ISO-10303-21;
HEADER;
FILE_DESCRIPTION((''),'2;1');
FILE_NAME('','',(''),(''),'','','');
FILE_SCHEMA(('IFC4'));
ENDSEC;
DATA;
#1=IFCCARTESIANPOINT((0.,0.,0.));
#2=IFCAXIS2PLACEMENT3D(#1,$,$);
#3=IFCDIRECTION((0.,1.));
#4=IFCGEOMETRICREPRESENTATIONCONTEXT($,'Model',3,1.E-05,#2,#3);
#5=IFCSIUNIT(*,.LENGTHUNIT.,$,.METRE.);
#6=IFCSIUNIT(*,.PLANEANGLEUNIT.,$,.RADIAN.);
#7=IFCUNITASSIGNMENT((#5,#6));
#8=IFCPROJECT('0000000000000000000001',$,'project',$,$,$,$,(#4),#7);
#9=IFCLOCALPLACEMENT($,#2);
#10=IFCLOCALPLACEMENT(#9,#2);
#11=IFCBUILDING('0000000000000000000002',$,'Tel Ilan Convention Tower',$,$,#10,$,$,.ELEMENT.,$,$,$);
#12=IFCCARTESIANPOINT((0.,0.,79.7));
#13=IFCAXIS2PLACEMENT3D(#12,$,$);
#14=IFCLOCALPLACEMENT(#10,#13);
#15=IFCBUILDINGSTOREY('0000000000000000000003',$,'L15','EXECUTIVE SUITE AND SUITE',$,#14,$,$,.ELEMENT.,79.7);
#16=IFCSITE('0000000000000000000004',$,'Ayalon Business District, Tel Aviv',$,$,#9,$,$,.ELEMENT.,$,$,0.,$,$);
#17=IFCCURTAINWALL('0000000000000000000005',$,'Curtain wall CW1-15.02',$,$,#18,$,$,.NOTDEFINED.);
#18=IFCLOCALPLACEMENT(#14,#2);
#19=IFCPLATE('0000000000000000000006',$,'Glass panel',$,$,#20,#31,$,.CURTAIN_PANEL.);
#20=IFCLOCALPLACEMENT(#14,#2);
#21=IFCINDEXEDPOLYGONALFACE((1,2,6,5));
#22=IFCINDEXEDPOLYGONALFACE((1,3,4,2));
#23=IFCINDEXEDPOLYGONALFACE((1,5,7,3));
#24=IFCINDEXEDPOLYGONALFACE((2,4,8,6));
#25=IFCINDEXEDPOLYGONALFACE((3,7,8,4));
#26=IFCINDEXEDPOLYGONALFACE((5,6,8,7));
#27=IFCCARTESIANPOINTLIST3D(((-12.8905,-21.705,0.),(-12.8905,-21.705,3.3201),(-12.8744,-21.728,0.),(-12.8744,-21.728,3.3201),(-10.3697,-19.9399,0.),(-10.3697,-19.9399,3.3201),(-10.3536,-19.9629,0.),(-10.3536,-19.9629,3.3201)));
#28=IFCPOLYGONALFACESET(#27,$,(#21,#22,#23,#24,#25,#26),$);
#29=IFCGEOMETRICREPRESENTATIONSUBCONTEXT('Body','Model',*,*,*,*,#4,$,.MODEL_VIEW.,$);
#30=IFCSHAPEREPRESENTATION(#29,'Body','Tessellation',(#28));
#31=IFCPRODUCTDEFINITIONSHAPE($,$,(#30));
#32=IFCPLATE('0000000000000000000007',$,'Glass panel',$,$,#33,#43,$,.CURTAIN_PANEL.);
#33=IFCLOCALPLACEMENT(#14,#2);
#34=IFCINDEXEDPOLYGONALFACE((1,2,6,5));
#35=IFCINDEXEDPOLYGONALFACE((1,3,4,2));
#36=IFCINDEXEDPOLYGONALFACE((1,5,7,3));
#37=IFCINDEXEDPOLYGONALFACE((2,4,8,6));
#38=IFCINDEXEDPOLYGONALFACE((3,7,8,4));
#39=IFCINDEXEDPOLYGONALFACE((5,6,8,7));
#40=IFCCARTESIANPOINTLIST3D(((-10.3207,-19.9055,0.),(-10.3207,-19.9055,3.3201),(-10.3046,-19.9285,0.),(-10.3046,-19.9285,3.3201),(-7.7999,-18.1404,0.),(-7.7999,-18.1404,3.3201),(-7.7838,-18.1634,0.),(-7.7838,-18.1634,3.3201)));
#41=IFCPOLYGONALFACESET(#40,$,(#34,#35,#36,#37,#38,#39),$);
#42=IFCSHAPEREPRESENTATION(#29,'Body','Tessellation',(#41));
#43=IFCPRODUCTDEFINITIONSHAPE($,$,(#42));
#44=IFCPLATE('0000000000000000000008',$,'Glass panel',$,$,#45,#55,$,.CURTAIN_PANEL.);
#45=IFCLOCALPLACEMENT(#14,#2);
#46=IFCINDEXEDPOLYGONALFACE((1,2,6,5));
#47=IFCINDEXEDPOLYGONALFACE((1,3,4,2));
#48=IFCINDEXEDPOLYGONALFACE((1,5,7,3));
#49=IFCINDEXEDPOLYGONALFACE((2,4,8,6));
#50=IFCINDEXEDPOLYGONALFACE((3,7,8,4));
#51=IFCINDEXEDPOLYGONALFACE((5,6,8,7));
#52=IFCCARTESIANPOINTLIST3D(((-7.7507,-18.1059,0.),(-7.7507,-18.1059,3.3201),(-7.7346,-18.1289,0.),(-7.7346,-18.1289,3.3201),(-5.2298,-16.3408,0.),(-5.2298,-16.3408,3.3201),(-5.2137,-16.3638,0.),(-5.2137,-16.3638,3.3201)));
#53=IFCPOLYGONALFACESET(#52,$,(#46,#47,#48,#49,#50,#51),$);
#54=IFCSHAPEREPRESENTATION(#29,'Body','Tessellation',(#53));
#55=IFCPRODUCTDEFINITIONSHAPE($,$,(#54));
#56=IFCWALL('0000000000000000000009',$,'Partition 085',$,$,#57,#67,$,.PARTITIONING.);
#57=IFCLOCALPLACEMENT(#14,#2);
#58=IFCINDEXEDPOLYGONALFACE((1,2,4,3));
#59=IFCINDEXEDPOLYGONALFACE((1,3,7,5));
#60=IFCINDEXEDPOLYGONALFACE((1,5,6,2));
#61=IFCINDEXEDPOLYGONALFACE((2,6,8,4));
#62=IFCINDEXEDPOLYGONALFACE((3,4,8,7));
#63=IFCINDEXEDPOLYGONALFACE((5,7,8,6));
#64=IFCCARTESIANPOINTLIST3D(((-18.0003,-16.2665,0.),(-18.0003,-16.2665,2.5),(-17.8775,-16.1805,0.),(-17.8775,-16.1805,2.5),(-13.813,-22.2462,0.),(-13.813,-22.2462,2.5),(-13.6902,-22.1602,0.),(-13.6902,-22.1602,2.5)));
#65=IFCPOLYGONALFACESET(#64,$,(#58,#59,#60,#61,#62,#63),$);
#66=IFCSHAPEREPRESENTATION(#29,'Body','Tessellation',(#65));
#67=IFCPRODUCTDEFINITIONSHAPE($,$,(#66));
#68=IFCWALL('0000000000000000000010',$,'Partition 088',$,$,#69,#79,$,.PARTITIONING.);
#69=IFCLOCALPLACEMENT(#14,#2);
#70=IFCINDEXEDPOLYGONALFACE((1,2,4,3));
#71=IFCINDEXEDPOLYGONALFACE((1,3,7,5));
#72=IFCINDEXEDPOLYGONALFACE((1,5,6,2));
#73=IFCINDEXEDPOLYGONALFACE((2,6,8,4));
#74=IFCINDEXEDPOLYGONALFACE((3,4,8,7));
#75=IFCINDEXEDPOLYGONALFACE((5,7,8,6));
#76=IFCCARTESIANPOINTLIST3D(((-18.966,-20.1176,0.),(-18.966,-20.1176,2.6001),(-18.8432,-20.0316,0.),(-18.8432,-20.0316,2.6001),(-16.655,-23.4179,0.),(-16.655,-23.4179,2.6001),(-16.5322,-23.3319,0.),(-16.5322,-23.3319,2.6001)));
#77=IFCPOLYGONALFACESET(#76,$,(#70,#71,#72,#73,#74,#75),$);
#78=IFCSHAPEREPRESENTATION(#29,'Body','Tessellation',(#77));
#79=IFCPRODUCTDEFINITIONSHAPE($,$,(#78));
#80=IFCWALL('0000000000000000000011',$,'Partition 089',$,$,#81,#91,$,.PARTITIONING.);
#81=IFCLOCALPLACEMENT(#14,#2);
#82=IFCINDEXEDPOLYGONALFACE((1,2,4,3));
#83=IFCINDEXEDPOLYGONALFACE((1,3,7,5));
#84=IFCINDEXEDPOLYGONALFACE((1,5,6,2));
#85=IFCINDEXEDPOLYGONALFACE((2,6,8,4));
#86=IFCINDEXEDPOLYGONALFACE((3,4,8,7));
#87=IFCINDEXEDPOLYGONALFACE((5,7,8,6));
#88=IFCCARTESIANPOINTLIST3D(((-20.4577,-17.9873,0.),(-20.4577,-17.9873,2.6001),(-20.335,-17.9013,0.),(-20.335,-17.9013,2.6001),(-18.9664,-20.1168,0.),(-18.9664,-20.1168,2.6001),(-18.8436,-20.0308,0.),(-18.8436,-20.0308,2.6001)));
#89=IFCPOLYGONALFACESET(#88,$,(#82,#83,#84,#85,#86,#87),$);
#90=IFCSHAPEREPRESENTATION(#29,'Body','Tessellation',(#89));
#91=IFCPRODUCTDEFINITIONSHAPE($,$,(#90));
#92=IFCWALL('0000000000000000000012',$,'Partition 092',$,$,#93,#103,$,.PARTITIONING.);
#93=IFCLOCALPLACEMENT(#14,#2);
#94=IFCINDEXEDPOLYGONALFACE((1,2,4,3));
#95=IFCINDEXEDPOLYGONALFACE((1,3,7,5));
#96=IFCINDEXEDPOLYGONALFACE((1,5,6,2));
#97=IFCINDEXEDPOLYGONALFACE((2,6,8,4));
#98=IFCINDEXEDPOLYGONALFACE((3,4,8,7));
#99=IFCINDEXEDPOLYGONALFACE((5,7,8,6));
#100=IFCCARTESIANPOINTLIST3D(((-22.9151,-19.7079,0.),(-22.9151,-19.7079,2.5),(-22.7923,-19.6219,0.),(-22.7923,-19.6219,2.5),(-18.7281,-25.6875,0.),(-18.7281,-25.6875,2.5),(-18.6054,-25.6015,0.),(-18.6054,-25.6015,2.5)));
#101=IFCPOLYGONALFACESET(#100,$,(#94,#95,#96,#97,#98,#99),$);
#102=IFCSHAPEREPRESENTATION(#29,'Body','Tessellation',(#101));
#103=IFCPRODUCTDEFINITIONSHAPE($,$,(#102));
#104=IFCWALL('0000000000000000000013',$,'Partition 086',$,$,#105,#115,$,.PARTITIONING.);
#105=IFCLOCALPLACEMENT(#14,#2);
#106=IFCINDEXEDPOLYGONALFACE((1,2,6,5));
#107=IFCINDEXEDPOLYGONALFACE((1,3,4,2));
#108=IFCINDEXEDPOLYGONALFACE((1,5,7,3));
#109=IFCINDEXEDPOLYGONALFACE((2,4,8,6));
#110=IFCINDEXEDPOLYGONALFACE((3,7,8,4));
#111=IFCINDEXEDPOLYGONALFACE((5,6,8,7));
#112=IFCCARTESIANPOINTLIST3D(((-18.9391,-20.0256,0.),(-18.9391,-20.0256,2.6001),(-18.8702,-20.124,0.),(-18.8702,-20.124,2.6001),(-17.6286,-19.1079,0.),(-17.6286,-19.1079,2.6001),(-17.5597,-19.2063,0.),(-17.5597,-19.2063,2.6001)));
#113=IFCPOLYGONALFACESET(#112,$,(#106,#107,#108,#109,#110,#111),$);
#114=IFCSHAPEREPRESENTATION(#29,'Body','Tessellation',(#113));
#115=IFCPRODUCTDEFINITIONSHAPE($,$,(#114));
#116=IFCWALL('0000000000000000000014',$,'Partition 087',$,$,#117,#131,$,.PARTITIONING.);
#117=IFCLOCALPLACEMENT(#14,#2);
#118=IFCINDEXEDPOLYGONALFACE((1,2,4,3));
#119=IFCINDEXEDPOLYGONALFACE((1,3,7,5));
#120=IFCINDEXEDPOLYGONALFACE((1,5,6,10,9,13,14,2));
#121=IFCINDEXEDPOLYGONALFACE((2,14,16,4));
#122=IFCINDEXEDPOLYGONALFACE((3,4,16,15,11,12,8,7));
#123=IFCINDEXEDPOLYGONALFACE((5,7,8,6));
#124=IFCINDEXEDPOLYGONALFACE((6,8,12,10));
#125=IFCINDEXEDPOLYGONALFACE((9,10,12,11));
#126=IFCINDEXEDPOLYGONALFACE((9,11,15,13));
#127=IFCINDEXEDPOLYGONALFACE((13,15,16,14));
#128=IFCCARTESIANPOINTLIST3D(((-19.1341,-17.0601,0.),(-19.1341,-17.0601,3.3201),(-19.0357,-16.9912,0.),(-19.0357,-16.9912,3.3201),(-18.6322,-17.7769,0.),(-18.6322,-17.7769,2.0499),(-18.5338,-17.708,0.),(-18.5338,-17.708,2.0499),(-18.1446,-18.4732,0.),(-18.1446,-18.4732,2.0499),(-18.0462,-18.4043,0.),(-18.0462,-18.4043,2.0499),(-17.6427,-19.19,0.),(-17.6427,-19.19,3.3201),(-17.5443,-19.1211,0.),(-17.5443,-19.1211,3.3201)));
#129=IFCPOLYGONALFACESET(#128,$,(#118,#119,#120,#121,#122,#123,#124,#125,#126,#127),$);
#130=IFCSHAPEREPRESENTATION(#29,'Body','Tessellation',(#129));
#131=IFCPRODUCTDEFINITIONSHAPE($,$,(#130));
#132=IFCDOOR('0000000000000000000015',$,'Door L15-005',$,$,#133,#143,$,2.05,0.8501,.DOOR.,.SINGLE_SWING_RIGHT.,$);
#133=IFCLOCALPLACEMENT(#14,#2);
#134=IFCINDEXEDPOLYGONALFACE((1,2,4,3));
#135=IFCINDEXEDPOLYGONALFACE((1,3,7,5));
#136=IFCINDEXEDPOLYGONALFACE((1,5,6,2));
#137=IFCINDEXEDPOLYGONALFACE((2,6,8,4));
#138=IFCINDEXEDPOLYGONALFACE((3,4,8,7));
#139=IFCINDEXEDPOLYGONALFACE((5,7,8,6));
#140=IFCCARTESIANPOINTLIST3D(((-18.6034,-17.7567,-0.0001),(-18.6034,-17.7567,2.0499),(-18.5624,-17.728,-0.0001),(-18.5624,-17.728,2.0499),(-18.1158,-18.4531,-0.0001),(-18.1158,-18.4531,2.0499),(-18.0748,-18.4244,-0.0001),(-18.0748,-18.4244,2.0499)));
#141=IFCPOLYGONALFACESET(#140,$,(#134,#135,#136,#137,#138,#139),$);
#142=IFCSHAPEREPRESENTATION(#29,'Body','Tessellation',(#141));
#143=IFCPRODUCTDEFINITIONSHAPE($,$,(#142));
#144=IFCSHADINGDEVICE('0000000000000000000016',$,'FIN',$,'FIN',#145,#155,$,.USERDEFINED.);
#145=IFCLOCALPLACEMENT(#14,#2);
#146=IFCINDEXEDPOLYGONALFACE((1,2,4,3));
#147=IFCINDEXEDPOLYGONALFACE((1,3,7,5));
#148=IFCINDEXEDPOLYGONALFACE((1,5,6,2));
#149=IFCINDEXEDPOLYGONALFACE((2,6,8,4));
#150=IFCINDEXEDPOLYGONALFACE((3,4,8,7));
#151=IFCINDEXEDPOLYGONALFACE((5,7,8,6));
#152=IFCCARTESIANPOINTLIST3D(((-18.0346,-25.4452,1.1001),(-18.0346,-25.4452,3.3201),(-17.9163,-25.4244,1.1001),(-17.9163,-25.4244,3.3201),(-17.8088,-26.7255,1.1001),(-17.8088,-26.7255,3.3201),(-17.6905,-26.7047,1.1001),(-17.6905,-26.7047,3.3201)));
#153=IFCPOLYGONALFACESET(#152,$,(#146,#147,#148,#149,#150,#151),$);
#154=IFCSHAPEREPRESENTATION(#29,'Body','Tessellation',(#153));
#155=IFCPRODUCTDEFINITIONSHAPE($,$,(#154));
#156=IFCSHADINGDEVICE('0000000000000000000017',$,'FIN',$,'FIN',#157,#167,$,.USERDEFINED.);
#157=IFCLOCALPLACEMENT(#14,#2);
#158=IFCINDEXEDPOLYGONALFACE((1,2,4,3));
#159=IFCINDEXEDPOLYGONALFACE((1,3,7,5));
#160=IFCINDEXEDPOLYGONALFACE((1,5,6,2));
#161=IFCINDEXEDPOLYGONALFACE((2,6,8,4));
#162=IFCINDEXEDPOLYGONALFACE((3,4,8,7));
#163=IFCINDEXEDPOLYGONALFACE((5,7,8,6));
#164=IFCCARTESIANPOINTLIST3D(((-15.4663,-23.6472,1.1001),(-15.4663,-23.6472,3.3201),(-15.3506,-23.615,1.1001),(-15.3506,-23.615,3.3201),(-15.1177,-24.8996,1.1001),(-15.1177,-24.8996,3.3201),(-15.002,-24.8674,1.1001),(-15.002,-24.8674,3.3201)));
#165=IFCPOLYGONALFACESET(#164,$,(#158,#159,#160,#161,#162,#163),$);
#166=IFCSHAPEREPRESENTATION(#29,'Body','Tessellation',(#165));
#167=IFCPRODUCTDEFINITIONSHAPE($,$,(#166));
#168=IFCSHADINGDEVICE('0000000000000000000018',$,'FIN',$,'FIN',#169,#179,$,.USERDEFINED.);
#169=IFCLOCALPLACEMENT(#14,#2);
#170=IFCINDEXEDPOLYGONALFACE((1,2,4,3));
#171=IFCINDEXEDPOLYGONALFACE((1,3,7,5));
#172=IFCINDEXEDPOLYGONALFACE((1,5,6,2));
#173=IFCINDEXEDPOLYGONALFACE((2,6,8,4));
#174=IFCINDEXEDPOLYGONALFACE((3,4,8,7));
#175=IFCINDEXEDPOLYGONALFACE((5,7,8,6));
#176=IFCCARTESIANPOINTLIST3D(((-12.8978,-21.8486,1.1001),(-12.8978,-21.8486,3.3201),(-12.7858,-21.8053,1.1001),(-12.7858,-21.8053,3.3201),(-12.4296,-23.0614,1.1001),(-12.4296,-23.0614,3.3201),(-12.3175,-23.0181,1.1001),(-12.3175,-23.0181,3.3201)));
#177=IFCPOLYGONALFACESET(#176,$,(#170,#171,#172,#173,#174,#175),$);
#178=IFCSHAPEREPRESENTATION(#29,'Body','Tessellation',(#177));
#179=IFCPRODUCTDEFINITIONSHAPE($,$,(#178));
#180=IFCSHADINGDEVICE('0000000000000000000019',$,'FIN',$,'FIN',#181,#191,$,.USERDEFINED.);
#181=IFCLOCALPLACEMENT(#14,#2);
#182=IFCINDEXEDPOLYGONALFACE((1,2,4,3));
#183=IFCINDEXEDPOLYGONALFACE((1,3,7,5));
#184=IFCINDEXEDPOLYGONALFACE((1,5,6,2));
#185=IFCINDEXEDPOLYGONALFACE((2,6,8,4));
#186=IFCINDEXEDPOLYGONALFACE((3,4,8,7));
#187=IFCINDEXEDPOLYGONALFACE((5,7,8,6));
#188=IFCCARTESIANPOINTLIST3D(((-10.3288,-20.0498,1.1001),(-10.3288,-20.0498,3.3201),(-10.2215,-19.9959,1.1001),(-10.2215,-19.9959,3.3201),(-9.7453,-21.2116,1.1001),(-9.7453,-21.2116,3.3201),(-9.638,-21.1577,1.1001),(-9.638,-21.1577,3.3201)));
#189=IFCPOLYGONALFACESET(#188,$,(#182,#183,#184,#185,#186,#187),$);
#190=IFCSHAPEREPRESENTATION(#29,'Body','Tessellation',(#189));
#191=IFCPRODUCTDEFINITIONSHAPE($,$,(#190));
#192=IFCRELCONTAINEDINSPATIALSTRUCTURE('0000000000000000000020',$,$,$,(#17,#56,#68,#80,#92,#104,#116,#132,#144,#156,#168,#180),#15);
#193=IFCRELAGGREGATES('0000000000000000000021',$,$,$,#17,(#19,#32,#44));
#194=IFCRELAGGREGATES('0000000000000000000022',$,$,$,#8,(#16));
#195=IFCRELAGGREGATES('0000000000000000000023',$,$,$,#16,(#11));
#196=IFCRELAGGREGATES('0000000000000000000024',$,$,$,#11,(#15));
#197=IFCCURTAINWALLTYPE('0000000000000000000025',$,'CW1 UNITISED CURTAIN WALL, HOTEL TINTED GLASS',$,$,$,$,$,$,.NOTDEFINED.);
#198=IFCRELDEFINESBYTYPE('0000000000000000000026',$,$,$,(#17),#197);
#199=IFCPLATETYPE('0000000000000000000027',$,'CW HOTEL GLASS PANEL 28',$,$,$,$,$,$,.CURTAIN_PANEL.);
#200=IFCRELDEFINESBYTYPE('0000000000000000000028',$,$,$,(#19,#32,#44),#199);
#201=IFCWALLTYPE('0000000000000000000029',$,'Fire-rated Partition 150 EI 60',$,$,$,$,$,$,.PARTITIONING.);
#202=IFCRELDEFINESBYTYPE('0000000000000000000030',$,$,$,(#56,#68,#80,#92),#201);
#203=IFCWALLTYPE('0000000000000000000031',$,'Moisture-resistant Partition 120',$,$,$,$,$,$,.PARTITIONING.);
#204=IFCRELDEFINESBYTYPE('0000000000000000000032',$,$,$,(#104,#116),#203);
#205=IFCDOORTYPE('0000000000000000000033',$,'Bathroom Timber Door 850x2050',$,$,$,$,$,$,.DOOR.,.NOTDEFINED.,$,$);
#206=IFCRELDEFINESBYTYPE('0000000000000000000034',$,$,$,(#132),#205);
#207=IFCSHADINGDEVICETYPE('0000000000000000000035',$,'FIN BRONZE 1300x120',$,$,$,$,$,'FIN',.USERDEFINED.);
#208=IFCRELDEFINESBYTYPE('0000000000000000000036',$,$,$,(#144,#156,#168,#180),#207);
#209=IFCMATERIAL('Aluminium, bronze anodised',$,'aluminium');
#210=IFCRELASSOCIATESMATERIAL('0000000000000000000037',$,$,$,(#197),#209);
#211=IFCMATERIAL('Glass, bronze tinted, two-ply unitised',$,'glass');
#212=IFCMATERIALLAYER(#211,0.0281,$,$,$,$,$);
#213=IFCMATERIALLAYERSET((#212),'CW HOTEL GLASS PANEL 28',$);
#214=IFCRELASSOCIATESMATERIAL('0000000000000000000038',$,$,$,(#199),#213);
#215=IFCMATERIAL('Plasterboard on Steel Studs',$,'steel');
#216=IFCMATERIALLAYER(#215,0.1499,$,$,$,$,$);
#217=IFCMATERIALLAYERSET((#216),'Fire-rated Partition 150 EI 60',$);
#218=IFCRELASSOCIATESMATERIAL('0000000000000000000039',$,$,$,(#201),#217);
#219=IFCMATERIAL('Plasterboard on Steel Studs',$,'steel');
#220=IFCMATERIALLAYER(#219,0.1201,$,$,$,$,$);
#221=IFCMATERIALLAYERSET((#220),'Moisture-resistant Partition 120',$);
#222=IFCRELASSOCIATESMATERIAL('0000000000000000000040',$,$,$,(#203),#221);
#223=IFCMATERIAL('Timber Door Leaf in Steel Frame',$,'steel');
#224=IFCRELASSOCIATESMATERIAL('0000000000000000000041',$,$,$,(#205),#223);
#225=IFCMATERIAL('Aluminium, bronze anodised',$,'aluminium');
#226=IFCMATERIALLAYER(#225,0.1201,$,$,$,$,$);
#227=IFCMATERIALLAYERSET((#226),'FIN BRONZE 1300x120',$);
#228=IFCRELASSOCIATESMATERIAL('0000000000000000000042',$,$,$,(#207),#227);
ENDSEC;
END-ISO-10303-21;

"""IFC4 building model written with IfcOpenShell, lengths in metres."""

from ifc_helpers import new_model, si_unit, direction, frame, frame_2d, origin, origin_2d, place, context, subcontext, project, spatial, rectangle, extrude, material, layer, layer_set, type_object, element, fill, aggregate, save


model = new_model("IFC4")

# Units and contexts
model_context = context("Model", 3, precision=1e-05, world=origin(), true_north=direction((0.0, 1.0)))
body_context = subcontext(model_context, "Body", "Model", "MODEL_VIEW")
ifc_project = project(units=[si_unit("LENGTHUNIT", "METRE"), si_unit("PLANEANGLEUNIT", "RADIAN")], contexts=[model_context])

# Site, building, storey
site_placement = place(None, origin())
site = spatial("IfcSite", under=ifc_project, at=site_placement, Name="Ayalon Business District, Tel Aviv", CompositionType="ELEMENT", RefElevation=0.0)
building_placement = place(site_placement, origin())
building = spatial("IfcBuilding", under=site, at=building_placement, Name="Tel Ilan Convention Tower", CompositionType="ELEMENT")
storey_placement = place(building_placement, frame((0.0, 0.0, 79.7)))
storey = spatial("IfcBuildingStorey", under=building, at=storey_placement, Name="L15", Description="EXECUTIVE SUITE AND SUITE", CompositionType="ELEMENT", Elevation=79.7)

# Curtain wall, plates
ifc_material_1 = material(Name="Aluminium, bronze anodised", Category="aluminium")
curtain_wall_type = type_object("IfcCurtainWallType", Name="CW1 UNITISED CURTAIN WALL, HOTEL TINTED GLASS", PredefinedType="NOTDEFINED", material=ifc_material_1)
curtain_wall_placement = place(storey_placement, origin())
curtain_wall = element("IfcCurtainWall", 1, at=curtain_wall_placement, inside=storey, type_object=curtain_wall_type, Name="Curtain wall CW1-15.02", PredefinedType="NOTDEFINED")
ifc_material_2 = material(Name="Glass, bronze tinted, two-ply unitised", Category="glass")
ifc_layer_1 = layer(ifc_material_2, 0.0281)
ifc_layer_set_1 = layer_set([ifc_layer_1], Name="CW HOTEL GLASS PANEL 28")
plate_type = type_object("IfcPlateType", Name="CW HOTEL GLASS PANEL 28", PredefinedType="CURTAIN_PANEL", material=ifc_layer_set_1)
plate_1_placement = place(storey_placement, frame((-11.6221, -20.834, 0.0), z_axis=(0.0, 0.0, 1.0), x_axis=(0.819152, 0.573576, 0.0)))
plate_1 = element("IfcPlate", 2, at=plate_1_placement, type_object=plate_type, Name="Glass panel", PredefinedType="CURTAIN_PANEL", context=body_context, shape_type="SweptSolid", body=[
    extrude(rectangle(XDim=3.0774, YDim=0.0281, at=origin_2d()), origin(), (0.0, 0.0, 1.0), 3.3201),
])
plate_2_placement = place(storey_placement, frame((-9.0522, -19.0344, 0.0), z_axis=(0.0, 0.0, 1.0), x_axis=(0.819152, 0.573576, 0.0)))
plate_2 = element("IfcPlate", 3, at=plate_2_placement, type_object=plate_type, Name="Glass panel", PredefinedType="CURTAIN_PANEL", context=body_context, shape_type="SweptSolid", body=[
    extrude(rectangle(XDim=3.0774, YDim=0.0281, at=origin_2d()), origin(), (0.0, 0.0, 1.0), 3.3201),
])
plate_3_placement = place(storey_placement, frame((-6.4822, -17.2349, 0.0), z_axis=(0.0, 0.0, 1.0), x_axis=(0.819152, 0.573576, 0.0)))
plate_3 = element("IfcPlate", 4, at=plate_3_placement, type_object=plate_type, Name="Glass panel", PredefinedType="CURTAIN_PANEL", context=body_context, shape_type="SweptSolid", body=[
    extrude(rectangle(XDim=3.0774, YDim=0.0281, at=origin_2d()), origin(), (0.0, 0.0, 1.0), 3.3201),
])
aggregate(curtain_wall, [plate_1, plate_2, plate_3])

# Walls
ifc_material_3 = material(Name="Plasterboard on Steel Studs", Category="steel")
ifc_layer_2 = layer(ifc_material_3, 0.1499)
ifc_layer_set_2 = layer_set([ifc_layer_2], Name="Fire-rated Partition 150 EI 60")
wall_type_1 = type_object("IfcWallType", Name="Fire-rated Partition 150 EI 60", PredefinedType="PARTITIONING", material=ifc_layer_set_2)
wall_1_placement = place(storey_placement, frame((-13.7517, -22.2031, 0.0), z_axis=(0.0, 0.0, 1.0), x_axis=(-0.573595, 0.819139, 0.0)))
element("IfcWall", 5, at=wall_1_placement, inside=storey, type_object=wall_type_1, Name="Partition 085", PredefinedType="PARTITIONING", context=body_context, shape_type="SweptSolid", body=[
    extrude(rectangle(XDim=7.3, YDim=0.1499, at=frame_2d((3.6499, 0.0))), origin(), (0.0, 0.0, 1.0), 2.5),
])
wall_2_placement = place(storey_placement, frame((-16.5935, -23.375, 0.0), z_axis=(0.0, 0.0, 1.0), x_axis=(-0.573601, 0.819135, 0.0)))
element("IfcWall", 6, at=wall_2_placement, inside=storey, type_object=wall_type_1, Name="Partition 088", PredefinedType="PARTITIONING", context=body_context, shape_type="SweptSolid", body=[
    extrude(rectangle(XDim=4.0291, YDim=0.1499, at=frame_2d((2.0146, 0.0))), origin(), (0.0, 0.0, 1.0), 2.6001),
])
wall_3_placement = place(storey_placement, frame((-18.905, -20.0737, 0.0), z_axis=(0.0, 0.0, 1.0), x_axis=(-0.573645, 0.819104, 0.0)))
element("IfcWall", 7, at=wall_3_placement, inside=storey, type_object=wall_type_1, Name="Partition 089", PredefinedType="PARTITIONING", context=body_context, shape_type="SweptSolid", body=[
    extrude(rectangle(XDim=2.5999, YDim=0.1499, at=frame_2d((1.2998, 0.0))), origin(), (0.0, 0.0, 1.0), 2.6001),
])
wall_4_placement = place(storey_placement, frame((-18.6667, -25.6445, 0.0), z_axis=(0.0, 0.0, 1.0), x_axis=(-0.573572, 0.819155, 0.0)))
element("IfcWall", 8, at=wall_4_placement, inside=storey, type_object=wall_type_1, Name="Partition 092", PredefinedType="PARTITIONING", context=body_context, shape_type="SweptSolid", body=[
    extrude(rectangle(XDim=7.2998, YDim=0.1499, at=frame_2d((3.6499, 0.0))), origin(), (0.0, 0.0, 1.0), 2.5),
])
ifc_material_4 = material(Name="Plasterboard on Steel Studs", Category="steel")
ifc_layer_3 = layer(ifc_material_4, 0.1201)
ifc_layer_set_3 = layer_set([ifc_layer_3], Name="Moisture-resistant Partition 120")
wall_type_2 = type_object("IfcWallType", Name="Moisture-resistant Partition 120", PredefinedType="PARTITIONING", material=ifc_layer_set_3)
wall_5_placement = place(storey_placement, frame((-18.9045, -20.0747, 0.0), z_axis=(0.0, 0.0, 1.0), x_axis=(0.819132, 0.573606, 0.0)))
element("IfcWall", 9, at=wall_5_placement, inside=storey, type_object=wall_type_2, Name="Partition 086", PredefinedType="PARTITIONING", context=body_context, shape_type="SweptSolid", body=[
    extrude(rectangle(XDim=1.5999, YDim=0.1201, at=frame_2d((0.7998, 0.0))), origin(), (0.0, 0.0, 1.0), 2.6001),
])

# Wall, opening, door
wall_6_placement = place(storey_placement, frame((-17.5935, -19.1555, 0.0), z_axis=(0.0, 0.0, 1.0), x_axis=(-0.573601, 0.819135, 0.0)))
wall_6 = element("IfcWall", 10, at=wall_6_placement, inside=storey, type_object=wall_type_2, Name="Partition 087", PredefinedType="PARTITIONING", context=body_context, shape_type="SweptSolid", body=[
    extrude(rectangle(XDim=2.6001, YDim=0.1201, at=frame_2d((1.3, 0.0))), origin(), (0.0, 0.0, 1.0), 3.3201),
])
opening_placement = place(wall_6_placement, frame((0.875, 0.0, 0.0)))
opening = element("IfcOpeningElement", 11, at=opening_placement, cuts=wall_6, PredefinedType="OPENING", context=body_context, shape_type="SweptSolid", body=[
    extrude(rectangle(XDim=0.8501, YDim=2.05, at=frame_2d((0.425, 1.0249))), frame((0.0, 0.0701, 0.0), z_axis=(0.0, -1.0, 0.0), x_axis=(1.0, 0.0, 0.0)), (0.0, 0.0, 1.0), 0.1401),
])
ifc_material_5 = material(Name="Timber Door Leaf in Steel Frame", Category="steel")
door_type = type_object("IfcDoorType", Name="Bathroom Timber Door 850x2050", OperationType="NOTDEFINED", PredefinedType="DOOR", material=ifc_material_5)
door_placement = place(opening_placement, origin())
door = element("IfcDoor", 12, at=door_placement, inside=storey, type_object=door_type, Name="Door L15-005", OperationType="SINGLE_SWING_RIGHT", OverallHeight=2.05, OverallWidth=0.8501, PredefinedType="DOOR", context=body_context, shape_type="SweptSolid", body=[
    extrude(rectangle(XDim=0.8501, YDim=2.05, at=frame_2d((0.425, 1.0249))), frame((0.0, 0.0249, 0.0), z_axis=(0.0, -1.0, 0.0), x_axis=(1.0, 0.0, 0.0)), (0.0, 0.0, 1.0), 0.05),
])
fill(opening, door)

# Shading devices
ifc_material_6 = material(Name="Aluminium, bronze anodised", Category="aluminium")
ifc_layer_4 = layer(ifc_material_6, 0.1201)
ifc_layer_set_4 = layer_set([ifc_layer_4], Name="FIN BRONZE 1300x120")
shading_device_type = type_object("IfcShadingDeviceType", Name="FIN BRONZE 1300x120", ElementType="FIN", PredefinedType="USERDEFINED", material=ifc_layer_set_4)
for number, where, z_axis, x_axis, name in (
    (13, (-17.8625, -26.075, 1.1001), (0.0, 0.0, 1.0), (0.173648, -0.984808, 0.0), "FIN"),
    (14, (-15.2341, -24.2573, 1.1001), (0.0, 0.0, 1.0), (0.268173, -0.963371, 0.0), "FIN"),
    (15, (-12.6077, -22.4333, 1.1001), (0.0, 0.0, 1.0), (0.360178, -0.932884, 0.0), "FIN"),
    (16, (-9.9834, -20.6038, 1.1001), (0.0, 0.0, 1.0), (0.448799, -0.893633, 0.0), "FIN"),
):
    element("IfcShadingDevice", number, at=place(storey_placement, frame(where, z_axis=z_axis, x_axis=x_axis)), inside=storey, type_object=shading_device_type, Name=name, ObjectType="FIN", PredefinedType="USERDEFINED", context=body_context, shape_type="SweptSolid", body=[
        extrude(rectangle(XDim=1.3, YDim=0.1201, at=origin_2d()), origin(), (0.0, 0.0, 1.0), 2.22),
    ])

save(model, "model.ifc")
